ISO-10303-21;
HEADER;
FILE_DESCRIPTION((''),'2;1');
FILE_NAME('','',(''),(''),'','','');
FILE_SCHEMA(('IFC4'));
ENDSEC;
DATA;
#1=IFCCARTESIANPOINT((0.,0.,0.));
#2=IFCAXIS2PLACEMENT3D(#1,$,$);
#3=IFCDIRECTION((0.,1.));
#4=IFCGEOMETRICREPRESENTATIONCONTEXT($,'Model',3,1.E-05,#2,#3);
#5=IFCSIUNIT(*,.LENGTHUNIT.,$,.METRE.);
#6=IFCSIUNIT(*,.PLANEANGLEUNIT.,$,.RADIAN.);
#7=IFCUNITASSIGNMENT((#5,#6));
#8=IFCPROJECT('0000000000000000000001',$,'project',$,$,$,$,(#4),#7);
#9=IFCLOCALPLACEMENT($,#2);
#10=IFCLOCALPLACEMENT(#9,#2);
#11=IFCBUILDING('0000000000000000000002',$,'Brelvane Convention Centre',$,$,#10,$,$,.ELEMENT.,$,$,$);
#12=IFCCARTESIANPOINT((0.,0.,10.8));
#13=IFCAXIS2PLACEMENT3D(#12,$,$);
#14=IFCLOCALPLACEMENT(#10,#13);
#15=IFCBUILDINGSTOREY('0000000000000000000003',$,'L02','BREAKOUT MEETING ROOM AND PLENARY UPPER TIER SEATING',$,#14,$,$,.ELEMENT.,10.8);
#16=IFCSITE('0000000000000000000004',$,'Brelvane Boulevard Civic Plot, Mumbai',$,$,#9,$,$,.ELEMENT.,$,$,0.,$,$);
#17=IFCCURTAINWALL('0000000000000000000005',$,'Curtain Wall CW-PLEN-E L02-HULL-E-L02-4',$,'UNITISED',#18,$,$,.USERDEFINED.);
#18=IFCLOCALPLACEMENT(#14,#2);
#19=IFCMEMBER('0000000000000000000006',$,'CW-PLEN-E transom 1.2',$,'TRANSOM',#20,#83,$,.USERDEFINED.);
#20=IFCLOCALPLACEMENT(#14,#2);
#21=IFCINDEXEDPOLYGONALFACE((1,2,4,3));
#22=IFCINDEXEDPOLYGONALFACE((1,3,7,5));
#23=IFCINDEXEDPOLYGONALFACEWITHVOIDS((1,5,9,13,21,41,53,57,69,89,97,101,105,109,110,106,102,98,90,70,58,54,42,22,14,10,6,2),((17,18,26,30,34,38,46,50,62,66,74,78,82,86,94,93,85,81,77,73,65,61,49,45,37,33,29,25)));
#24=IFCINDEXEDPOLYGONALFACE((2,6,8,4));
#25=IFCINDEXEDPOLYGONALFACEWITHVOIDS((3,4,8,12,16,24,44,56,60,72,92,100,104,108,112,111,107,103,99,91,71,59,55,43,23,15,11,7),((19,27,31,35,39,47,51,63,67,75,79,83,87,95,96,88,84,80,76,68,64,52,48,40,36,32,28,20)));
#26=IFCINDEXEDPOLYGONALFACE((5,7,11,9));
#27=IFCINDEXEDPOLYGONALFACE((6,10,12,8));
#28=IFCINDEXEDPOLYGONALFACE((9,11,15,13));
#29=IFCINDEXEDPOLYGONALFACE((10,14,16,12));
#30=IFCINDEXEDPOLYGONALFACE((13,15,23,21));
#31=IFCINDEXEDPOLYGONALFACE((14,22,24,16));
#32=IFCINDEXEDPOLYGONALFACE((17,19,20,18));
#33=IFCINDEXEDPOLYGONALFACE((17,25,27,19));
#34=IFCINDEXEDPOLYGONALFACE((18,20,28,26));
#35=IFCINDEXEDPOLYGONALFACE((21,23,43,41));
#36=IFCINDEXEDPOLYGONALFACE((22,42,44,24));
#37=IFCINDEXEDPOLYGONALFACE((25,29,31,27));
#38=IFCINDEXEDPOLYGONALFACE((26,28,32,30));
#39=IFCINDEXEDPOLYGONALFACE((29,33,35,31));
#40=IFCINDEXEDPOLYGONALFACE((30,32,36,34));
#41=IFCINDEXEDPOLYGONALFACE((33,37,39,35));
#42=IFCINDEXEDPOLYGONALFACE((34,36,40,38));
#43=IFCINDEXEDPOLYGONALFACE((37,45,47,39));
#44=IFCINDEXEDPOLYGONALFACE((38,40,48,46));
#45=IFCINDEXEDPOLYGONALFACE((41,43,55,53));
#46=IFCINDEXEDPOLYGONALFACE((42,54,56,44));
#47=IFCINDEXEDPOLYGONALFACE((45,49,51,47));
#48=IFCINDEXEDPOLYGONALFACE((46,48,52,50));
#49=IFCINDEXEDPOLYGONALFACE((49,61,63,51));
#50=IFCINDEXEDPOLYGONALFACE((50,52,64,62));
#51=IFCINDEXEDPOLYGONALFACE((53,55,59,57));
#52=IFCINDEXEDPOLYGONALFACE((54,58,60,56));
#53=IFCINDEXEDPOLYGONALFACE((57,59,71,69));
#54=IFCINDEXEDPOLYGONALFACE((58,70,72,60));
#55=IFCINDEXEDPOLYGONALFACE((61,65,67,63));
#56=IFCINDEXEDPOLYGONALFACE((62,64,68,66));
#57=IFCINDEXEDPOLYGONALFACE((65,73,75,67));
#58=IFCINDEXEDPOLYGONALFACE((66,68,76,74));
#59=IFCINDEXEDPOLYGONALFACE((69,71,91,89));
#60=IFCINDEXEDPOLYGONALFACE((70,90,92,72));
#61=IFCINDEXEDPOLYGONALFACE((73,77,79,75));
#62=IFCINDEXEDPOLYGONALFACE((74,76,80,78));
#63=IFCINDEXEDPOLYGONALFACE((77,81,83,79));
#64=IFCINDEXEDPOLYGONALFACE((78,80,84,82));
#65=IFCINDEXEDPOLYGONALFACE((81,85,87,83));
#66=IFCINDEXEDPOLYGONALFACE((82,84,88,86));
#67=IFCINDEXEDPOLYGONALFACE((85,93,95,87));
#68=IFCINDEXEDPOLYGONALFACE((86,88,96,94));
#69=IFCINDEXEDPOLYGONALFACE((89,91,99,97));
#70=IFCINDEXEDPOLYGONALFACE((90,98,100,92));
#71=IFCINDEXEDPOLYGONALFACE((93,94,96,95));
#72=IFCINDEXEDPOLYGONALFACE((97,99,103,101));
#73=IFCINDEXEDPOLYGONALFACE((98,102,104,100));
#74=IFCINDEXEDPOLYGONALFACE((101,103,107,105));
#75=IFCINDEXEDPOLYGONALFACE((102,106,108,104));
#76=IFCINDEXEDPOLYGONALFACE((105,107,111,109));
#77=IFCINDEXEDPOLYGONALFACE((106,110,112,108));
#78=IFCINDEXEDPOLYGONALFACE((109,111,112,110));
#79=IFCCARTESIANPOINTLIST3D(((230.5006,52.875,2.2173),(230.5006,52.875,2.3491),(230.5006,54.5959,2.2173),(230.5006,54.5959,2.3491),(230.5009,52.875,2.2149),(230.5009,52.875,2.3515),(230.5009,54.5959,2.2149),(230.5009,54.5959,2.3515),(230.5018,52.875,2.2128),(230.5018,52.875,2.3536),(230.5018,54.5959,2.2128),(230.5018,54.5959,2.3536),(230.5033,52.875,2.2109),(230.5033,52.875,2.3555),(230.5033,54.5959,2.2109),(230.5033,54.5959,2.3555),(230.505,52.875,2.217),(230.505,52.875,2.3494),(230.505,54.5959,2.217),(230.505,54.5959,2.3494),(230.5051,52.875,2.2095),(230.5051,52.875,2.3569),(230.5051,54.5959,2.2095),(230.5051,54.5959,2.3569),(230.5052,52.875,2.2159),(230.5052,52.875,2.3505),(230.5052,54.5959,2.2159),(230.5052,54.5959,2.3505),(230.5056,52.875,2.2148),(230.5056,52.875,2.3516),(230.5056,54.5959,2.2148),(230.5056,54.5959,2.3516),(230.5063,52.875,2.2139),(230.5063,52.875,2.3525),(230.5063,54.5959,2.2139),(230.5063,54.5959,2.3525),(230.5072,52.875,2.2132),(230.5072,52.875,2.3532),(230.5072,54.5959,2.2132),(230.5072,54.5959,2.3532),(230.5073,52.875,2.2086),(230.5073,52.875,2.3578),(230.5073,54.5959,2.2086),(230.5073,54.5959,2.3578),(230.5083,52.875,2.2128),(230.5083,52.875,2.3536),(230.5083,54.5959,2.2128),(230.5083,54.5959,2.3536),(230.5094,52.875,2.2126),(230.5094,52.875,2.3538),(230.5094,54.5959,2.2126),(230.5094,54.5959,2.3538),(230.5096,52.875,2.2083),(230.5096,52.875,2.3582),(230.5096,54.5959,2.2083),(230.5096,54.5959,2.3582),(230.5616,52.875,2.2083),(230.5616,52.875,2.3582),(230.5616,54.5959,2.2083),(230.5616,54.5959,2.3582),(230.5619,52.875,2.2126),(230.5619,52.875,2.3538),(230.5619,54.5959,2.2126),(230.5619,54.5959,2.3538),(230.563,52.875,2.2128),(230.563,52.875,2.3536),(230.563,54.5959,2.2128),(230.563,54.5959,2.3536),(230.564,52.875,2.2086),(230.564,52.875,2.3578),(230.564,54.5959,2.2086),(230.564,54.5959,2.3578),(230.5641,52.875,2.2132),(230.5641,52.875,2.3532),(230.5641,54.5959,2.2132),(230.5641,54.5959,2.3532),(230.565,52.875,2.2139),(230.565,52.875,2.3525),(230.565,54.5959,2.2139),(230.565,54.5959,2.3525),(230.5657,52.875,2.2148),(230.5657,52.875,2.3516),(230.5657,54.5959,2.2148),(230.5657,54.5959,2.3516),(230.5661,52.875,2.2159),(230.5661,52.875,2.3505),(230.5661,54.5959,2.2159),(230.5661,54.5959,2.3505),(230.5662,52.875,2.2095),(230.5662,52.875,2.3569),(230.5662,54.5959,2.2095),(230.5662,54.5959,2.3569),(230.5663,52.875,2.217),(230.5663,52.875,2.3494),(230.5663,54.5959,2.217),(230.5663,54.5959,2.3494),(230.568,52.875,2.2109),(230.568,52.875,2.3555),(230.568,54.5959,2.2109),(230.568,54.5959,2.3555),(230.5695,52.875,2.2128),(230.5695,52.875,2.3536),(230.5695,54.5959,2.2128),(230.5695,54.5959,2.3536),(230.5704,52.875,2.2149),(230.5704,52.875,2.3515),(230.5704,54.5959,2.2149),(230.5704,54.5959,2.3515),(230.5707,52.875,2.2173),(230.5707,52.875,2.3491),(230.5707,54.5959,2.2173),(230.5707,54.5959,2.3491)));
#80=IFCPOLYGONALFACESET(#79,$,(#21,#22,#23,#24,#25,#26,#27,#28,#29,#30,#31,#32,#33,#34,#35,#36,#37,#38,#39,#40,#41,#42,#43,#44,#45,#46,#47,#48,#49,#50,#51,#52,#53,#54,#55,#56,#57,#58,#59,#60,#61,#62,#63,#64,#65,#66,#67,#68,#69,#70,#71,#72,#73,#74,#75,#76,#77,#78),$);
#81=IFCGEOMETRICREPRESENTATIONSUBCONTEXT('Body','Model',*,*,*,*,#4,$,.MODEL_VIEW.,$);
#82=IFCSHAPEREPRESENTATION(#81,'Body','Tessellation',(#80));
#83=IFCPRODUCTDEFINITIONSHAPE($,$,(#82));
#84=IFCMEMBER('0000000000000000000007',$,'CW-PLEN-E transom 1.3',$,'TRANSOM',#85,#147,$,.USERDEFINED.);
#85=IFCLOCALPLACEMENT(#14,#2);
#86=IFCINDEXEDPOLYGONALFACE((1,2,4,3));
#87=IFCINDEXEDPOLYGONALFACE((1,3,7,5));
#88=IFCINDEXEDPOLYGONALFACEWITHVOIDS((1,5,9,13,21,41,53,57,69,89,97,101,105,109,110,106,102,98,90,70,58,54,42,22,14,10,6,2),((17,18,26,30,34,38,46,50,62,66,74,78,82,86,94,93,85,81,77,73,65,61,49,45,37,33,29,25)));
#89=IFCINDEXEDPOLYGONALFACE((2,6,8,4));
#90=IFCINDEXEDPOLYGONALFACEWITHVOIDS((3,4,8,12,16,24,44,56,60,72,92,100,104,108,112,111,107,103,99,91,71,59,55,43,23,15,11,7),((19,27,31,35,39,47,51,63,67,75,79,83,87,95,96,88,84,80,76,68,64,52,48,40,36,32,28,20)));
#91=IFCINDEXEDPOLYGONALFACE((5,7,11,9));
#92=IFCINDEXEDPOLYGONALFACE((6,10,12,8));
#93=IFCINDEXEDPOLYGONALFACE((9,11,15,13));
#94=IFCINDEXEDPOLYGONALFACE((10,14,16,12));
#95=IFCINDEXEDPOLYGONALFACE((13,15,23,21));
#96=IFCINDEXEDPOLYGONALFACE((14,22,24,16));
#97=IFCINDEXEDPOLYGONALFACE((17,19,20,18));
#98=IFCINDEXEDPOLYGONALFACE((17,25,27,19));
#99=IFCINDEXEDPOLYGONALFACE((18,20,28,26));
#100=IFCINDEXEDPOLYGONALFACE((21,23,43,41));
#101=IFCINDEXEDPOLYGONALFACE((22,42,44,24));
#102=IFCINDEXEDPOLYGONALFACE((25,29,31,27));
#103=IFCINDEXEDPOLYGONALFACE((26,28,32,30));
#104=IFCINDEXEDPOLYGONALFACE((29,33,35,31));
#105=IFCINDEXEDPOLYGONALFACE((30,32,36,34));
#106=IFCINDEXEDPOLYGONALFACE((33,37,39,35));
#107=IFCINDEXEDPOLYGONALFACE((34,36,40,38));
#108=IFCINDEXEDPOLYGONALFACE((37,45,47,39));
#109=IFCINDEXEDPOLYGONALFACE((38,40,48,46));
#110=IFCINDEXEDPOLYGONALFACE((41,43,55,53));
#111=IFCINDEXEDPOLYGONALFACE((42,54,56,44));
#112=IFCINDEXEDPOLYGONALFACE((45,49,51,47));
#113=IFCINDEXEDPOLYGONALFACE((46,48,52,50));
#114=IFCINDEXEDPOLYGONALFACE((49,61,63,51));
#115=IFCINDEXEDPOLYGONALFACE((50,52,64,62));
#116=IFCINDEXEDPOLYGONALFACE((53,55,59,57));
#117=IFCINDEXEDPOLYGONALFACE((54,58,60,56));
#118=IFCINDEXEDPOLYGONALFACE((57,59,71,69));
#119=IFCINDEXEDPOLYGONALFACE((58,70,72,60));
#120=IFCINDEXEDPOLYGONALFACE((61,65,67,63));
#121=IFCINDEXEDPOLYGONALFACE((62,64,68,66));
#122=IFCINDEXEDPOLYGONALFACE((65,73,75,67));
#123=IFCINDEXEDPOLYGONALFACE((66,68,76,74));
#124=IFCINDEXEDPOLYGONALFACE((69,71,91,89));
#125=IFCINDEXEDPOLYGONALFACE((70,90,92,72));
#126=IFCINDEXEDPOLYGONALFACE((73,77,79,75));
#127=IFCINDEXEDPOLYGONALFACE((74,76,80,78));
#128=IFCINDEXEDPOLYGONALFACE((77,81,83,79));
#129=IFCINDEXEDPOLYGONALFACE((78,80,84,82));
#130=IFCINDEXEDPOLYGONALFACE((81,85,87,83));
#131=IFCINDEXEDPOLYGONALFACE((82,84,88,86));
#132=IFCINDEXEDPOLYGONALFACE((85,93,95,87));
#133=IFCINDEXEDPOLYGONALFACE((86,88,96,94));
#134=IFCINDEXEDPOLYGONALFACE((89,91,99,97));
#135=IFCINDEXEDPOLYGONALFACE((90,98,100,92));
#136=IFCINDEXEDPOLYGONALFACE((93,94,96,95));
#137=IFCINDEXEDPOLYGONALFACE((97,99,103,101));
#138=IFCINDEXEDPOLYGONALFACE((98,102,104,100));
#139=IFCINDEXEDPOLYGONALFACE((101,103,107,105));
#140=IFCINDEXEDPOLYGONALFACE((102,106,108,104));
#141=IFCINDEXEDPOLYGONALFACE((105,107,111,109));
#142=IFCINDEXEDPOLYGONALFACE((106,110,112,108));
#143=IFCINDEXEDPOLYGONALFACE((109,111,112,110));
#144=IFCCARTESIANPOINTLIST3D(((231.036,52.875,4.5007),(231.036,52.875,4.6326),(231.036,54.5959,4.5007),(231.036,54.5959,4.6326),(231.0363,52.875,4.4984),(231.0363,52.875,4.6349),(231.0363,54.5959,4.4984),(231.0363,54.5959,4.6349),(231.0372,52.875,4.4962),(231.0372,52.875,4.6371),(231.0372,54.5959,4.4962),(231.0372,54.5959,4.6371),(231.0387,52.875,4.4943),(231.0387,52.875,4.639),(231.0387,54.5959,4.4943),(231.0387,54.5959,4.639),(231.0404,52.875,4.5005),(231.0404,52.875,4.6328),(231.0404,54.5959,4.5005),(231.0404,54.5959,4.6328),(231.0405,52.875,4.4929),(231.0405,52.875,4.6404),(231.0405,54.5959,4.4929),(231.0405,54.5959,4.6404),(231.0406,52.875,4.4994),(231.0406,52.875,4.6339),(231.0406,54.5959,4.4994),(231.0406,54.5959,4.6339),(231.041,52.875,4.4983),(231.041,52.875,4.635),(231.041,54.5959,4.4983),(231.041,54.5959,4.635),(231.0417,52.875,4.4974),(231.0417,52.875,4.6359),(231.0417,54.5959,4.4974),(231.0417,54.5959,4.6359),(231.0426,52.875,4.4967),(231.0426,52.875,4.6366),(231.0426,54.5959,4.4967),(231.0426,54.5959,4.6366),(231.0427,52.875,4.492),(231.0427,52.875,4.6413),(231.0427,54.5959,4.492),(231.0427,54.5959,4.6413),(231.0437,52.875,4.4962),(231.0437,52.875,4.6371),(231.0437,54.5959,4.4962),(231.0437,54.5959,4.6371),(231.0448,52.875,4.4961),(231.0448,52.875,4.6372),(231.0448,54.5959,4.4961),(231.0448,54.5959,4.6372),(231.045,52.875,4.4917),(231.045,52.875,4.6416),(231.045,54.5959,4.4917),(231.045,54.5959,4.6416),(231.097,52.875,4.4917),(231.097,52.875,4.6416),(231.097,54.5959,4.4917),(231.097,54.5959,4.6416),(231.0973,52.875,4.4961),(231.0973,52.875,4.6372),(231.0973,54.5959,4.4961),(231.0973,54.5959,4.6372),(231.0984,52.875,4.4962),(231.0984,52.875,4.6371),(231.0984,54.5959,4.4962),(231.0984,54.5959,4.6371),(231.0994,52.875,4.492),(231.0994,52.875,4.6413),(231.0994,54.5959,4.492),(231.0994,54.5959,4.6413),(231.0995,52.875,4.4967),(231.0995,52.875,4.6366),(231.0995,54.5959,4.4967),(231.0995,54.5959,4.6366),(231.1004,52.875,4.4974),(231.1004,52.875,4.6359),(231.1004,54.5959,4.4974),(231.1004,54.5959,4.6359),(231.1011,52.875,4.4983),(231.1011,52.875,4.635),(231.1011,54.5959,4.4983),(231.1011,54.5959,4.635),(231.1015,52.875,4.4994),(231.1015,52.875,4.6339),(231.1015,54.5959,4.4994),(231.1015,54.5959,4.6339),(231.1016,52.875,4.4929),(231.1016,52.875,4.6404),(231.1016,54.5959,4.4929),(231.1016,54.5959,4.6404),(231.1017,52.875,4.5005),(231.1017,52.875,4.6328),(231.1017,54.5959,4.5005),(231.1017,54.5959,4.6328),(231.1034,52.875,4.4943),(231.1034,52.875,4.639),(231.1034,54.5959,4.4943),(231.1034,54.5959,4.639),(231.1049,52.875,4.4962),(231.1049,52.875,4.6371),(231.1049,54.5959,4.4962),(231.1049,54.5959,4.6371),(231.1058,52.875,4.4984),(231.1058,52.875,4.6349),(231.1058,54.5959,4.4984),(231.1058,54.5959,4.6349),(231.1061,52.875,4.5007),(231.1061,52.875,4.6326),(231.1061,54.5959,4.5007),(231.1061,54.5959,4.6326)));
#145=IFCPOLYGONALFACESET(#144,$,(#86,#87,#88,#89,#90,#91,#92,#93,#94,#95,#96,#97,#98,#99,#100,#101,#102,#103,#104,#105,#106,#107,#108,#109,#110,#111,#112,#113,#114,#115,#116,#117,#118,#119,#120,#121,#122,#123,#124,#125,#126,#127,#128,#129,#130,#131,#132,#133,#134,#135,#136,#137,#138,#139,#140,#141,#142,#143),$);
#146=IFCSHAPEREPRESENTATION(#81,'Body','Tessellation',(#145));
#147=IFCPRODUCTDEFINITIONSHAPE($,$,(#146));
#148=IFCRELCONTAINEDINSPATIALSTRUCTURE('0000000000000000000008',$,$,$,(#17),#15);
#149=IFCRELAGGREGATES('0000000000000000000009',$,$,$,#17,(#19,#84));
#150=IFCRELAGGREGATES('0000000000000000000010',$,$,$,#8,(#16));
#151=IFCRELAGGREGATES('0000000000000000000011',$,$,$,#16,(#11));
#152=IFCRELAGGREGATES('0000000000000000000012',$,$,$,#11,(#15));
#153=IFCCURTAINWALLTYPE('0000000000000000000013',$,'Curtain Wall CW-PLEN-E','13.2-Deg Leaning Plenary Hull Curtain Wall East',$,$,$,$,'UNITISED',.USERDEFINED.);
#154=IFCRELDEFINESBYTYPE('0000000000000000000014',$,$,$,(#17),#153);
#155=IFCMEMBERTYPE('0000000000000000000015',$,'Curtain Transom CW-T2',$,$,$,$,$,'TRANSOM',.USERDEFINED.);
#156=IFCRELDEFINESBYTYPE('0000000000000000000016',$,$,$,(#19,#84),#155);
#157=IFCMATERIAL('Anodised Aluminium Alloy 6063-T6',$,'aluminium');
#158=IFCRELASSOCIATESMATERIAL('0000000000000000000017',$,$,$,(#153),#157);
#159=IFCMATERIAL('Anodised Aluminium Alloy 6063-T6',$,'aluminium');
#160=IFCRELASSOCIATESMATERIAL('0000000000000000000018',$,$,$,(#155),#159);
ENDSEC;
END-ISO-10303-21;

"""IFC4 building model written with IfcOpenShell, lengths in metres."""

from ifc_helpers import new_model, si_unit, direction, frame, origin, origin_2d, place, context, subcontext, project, spatial, hollow_rectangle, extrude, material, material_profile, profile_set, type_object, element, aggregate, save


model = new_model("IFC4")

# Units and contexts
model_context = context("Model", 3, precision=1e-05, world=origin(), true_north=direction((0.0, 1.0)))
body_context = subcontext(model_context, "Body", "Model", "MODEL_VIEW")
ifc_project = project(units=[si_unit("LENGTHUNIT", "METRE"), si_unit("PLANEANGLEUNIT", "RADIAN")], contexts=[model_context])

# Site, building, storey
site_placement = place(None, origin())
site = spatial("IfcSite", under=ifc_project, at=site_placement, Name="Brelvane Boulevard Civic Plot, Mumbai", CompositionType="ELEMENT", RefElevation=0.0)
building_placement = place(site_placement, origin())
building = spatial("IfcBuilding", under=site, at=building_placement, Name="Brelvane Convention Centre", CompositionType="ELEMENT")
storey_placement = place(building_placement, frame((0.0, 0.0, 10.8)))
storey = spatial("IfcBuildingStorey", under=building, at=storey_placement, Name="L02", Description="BREAKOUT MEETING ROOM AND PLENARY UPPER TIER SEATING", CompositionType="ELEMENT", Elevation=10.8)

# Curtain wall, members
ifc_material_1 = material(Name="Anodised Aluminium Alloy 6063-T6", Category="aluminium")
curtain_wall_type = type_object("IfcCurtainWallType", Name="Curtain Wall CW-PLEN-E", Description="13.2-Deg Leaning Plenary Hull Curtain Wall East", ElementType="UNITISED", PredefinedType="USERDEFINED", material=ifc_material_1)
ifc_material_2 = material(Name="Anodised Aluminium Alloy 6063-T6", Category="aluminium")
ifc_material_profile = material_profile(ifc_material_2, hollow_rectangle(XDim=0.0701, YDim=0.1499, WallThickness=0.0044, InnerFilletRadius=0.0044, OuterFilletRadius=0.009, at=origin_2d()), Name="ALU-T 150x70x4.5")
ifc_profile_set = profile_set([ifc_material_profile], Name="Anodised Aluminium Alloy 6063-T6")
member_type = type_object("IfcMemberType", Name="Curtain Transom CW-T2", ElementType="TRANSOM", PredefinedType="USERDEFINED", material=ifc_profile_set)
curtain_wall_1_placement = place(storey_placement, origin())
curtain_wall_1 = element("IfcCurtainWall", 1, at=curtain_wall_1_placement, inside=storey, type_object=curtain_wall_type, Name="Curtain Wall CW-PLEN-E L02-HULL-E-L02-4", ObjectType="UNITISED", PredefinedType="USERDEFINED")
member_1_placement = place(storey_placement, frame((230.5356, 52.875, 2.2832), z_axis=(0.0, 1.0, 0.0), x_axis=(-1.0, 0.0, 0.0)))
member_1 = element("IfcMember", 2, at=member_1_placement, type_object=member_type, Name="CW-PLEN-E transom 1.2", ObjectType="TRANSOM", PredefinedType="USERDEFINED", context=body_context, shape_type="SweptSolid", body=[
    extrude(hollow_rectangle(XDim=0.0701, YDim=0.1499, WallThickness=0.0044, InnerFilletRadius=0.0044, OuterFilletRadius=0.009, at=origin_2d()), origin(), (0.0, 0.0, 1.0), 1.7209),
])
member_2_placement = place(storey_placement, frame((231.071, 52.875, 4.5667), z_axis=(0.0, 1.0, 0.0), x_axis=(-1.0, 0.0, 0.0)))
member_2 = element("IfcMember", 3, at=member_2_placement, type_object=member_type, Name="CW-PLEN-E transom 1.3", ObjectType="TRANSOM", PredefinedType="USERDEFINED", context=body_context, shape_type="SweptSolid", body=[
    extrude(hollow_rectangle(XDim=0.0701, YDim=0.1499, WallThickness=0.0044, InnerFilletRadius=0.0044, OuterFilletRadius=0.009, at=origin_2d()), origin(), (0.0, 0.0, 1.0), 1.7209),
])

aggregate(curtain_wall_1, [member_1, member_2])

save(model, "model.ifc")
